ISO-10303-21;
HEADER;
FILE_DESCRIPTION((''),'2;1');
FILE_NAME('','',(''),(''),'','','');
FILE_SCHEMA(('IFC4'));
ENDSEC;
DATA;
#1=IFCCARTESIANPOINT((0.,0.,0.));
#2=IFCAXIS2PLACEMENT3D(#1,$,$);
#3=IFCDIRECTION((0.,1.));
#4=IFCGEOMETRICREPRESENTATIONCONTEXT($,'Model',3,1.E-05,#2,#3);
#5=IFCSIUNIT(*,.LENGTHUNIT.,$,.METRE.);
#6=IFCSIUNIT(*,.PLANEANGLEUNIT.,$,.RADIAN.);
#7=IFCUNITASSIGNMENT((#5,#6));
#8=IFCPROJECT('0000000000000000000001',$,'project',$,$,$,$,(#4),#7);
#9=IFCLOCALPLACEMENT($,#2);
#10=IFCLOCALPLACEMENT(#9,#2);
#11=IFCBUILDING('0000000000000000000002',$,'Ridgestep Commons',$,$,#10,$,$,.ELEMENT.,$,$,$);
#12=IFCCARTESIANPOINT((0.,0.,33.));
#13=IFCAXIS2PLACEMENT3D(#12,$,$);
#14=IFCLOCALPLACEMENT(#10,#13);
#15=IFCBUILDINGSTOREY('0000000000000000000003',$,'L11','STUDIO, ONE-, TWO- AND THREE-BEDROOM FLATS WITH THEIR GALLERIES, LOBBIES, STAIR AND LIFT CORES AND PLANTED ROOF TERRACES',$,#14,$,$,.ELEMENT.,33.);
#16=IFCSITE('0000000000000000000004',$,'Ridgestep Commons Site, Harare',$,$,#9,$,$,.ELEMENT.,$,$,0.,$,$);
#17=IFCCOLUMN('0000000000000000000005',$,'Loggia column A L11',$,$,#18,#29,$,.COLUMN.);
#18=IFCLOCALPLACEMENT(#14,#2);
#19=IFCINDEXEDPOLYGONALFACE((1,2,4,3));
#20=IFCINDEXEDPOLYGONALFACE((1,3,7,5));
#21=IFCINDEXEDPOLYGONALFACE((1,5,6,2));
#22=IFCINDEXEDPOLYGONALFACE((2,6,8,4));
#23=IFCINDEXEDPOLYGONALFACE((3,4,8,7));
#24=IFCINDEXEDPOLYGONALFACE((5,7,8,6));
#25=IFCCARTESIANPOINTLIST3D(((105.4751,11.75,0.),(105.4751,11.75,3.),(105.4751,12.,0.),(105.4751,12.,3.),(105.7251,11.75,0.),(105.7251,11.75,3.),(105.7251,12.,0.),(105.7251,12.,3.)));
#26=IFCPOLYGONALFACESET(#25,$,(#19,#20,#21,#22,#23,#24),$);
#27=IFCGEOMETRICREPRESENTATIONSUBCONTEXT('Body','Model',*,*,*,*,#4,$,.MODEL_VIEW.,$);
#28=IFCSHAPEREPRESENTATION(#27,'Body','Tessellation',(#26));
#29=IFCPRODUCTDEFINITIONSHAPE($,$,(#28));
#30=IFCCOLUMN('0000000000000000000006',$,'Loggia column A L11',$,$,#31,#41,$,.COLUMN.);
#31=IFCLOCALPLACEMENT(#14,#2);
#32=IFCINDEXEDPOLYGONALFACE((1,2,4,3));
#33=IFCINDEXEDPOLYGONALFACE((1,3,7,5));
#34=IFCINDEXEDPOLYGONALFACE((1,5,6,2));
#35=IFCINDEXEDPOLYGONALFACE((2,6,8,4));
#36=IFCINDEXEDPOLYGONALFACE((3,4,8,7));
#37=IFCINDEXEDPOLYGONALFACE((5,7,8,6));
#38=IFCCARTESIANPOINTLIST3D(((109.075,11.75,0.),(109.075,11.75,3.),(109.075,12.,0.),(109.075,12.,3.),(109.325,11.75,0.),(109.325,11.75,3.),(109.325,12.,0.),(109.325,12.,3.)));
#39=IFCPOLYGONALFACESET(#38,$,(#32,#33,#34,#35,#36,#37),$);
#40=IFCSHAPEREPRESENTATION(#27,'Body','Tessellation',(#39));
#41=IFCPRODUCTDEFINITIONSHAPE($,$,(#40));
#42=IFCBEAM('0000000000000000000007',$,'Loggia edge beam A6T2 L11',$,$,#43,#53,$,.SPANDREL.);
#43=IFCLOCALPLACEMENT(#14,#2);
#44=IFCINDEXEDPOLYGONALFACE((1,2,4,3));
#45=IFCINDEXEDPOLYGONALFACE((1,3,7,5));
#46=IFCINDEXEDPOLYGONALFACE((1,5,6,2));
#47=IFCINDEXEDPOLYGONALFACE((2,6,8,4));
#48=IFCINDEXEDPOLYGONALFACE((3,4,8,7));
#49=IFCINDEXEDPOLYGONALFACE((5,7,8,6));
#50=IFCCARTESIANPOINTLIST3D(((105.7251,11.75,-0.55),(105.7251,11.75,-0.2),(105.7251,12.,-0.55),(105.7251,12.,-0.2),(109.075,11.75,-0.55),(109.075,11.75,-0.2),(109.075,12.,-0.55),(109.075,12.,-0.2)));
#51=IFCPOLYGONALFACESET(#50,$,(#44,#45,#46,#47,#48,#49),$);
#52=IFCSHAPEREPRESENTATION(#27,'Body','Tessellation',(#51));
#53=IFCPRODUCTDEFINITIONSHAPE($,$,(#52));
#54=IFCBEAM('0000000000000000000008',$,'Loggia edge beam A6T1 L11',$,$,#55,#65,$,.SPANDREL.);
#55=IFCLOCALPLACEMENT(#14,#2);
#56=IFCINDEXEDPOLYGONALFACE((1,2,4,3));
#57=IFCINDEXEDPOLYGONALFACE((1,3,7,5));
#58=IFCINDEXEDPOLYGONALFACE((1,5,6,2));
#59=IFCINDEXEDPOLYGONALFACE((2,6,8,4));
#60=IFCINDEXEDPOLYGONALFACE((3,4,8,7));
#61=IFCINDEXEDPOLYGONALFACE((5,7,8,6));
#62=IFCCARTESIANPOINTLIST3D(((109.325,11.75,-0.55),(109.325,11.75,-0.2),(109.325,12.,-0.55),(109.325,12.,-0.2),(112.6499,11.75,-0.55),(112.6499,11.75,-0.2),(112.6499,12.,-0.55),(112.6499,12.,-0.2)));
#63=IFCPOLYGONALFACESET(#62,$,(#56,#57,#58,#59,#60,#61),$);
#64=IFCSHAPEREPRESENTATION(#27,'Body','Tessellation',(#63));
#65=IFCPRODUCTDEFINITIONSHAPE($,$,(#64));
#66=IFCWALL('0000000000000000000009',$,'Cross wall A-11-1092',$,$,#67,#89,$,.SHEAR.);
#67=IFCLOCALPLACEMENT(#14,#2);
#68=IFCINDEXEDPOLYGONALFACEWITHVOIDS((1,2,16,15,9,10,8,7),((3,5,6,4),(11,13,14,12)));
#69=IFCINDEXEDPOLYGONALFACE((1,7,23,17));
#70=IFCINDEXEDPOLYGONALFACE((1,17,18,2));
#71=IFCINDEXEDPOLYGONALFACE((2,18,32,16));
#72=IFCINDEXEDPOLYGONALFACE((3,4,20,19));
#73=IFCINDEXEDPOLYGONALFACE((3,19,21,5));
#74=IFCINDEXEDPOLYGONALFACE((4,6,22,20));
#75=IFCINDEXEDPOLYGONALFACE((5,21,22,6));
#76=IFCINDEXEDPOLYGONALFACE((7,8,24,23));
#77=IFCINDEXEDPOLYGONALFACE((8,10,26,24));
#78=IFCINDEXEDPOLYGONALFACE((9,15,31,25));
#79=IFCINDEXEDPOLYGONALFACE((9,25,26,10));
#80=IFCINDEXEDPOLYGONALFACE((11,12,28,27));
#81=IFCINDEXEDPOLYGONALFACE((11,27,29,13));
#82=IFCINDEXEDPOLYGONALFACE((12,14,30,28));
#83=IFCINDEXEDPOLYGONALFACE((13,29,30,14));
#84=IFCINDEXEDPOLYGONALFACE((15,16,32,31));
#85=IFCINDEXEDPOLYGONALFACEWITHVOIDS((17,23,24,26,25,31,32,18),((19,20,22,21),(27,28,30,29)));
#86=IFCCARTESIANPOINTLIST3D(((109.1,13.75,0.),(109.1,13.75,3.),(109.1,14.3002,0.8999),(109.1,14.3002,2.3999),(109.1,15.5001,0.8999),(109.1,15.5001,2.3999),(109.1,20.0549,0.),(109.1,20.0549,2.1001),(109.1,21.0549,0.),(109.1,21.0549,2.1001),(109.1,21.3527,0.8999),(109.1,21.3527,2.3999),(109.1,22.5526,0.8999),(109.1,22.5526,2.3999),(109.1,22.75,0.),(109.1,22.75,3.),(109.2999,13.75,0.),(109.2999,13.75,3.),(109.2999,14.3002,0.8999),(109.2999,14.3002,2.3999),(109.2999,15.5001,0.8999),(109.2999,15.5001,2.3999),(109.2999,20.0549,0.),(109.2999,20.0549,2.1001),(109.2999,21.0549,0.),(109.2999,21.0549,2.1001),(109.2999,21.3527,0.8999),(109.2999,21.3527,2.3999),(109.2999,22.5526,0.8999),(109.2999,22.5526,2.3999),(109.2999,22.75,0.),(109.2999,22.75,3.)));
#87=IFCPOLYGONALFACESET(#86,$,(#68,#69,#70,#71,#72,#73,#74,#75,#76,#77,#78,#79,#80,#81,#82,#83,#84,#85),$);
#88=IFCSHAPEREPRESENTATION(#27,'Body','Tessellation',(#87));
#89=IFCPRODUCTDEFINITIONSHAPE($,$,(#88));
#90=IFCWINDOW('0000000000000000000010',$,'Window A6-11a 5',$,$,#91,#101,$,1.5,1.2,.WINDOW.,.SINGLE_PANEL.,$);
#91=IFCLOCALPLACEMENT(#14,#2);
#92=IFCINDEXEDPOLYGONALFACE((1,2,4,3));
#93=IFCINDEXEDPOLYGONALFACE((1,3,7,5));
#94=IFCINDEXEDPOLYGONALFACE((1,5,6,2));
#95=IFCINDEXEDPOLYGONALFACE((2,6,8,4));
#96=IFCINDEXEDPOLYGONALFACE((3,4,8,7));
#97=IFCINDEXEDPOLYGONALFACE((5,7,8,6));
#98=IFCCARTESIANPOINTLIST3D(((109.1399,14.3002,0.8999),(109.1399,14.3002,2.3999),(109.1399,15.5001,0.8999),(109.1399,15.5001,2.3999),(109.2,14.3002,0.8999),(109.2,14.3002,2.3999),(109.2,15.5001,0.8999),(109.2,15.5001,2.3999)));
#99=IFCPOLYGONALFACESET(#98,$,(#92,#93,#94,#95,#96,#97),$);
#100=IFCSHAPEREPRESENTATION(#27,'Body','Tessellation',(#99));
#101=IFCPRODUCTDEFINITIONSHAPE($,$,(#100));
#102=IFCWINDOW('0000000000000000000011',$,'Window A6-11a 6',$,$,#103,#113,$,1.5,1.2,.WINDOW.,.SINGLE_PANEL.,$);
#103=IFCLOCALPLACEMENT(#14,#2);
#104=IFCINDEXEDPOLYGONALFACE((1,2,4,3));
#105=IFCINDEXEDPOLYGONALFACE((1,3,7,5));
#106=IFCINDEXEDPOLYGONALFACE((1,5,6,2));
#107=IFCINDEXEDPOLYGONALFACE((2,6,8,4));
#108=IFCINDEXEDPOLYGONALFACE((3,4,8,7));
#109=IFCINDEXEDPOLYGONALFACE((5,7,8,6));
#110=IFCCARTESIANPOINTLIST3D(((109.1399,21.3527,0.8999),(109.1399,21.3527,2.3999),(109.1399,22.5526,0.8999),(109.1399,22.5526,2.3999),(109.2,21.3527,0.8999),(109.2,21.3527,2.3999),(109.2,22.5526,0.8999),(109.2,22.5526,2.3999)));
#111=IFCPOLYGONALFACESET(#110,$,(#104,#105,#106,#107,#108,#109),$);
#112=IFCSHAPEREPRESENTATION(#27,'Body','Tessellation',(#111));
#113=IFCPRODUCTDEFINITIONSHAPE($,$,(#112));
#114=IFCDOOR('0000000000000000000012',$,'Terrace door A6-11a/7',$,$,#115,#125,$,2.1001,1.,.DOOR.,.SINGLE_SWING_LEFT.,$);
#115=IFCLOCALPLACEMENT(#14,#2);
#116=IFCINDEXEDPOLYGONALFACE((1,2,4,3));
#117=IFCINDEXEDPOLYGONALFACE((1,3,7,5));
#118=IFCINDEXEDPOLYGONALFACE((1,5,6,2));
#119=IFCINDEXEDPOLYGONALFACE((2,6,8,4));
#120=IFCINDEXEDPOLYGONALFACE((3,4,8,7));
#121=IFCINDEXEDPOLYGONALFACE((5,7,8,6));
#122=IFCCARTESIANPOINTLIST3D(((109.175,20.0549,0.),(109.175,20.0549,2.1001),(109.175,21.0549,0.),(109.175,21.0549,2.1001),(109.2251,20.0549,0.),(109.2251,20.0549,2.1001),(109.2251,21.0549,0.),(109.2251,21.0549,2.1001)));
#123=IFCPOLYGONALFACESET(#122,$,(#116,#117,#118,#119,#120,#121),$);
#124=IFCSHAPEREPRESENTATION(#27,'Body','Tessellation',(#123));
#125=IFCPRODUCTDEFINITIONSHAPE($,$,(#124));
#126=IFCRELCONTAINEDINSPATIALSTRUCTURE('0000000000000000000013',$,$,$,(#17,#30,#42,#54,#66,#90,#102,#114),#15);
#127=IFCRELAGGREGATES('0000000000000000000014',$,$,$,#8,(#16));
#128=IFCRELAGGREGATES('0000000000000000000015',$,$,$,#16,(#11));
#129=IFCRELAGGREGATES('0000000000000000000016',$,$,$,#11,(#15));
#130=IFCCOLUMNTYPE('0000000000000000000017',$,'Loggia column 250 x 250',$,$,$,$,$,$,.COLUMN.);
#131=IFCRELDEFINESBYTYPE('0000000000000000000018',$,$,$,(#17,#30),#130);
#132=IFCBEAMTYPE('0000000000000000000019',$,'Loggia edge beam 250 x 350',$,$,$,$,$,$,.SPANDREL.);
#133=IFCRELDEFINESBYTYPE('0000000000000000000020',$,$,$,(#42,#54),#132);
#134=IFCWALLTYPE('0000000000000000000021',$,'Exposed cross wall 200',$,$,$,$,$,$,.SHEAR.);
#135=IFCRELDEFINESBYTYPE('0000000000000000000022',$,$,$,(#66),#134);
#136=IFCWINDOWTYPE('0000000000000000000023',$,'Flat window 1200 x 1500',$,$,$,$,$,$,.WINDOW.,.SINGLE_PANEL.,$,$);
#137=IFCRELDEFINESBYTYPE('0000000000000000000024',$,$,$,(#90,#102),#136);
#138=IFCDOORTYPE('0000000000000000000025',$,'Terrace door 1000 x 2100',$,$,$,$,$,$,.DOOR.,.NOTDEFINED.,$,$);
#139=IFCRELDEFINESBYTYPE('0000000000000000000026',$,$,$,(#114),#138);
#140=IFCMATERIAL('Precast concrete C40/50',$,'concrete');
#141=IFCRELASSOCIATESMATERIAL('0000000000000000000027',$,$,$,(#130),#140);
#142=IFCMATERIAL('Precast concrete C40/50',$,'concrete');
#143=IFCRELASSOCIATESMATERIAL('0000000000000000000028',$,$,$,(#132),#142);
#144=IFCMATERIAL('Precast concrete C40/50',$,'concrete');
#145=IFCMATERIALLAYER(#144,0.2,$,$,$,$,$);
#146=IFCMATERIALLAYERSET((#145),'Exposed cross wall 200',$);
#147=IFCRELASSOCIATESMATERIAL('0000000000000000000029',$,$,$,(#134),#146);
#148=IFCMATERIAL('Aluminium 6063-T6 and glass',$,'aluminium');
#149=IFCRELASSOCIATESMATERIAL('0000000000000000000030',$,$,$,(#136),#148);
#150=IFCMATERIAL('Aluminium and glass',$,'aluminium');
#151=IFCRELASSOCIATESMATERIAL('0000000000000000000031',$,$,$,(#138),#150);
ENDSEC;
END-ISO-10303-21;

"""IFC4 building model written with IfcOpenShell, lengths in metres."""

from ifc_helpers import new_model, si_unit, direction, frame, frame_2d, origin, origin_2d, place, context, subcontext, project, spatial, rectangle, extrude, material, layer, layer_set, material_profile, profile_set, type_object, element, fill, save


model = new_model("IFC4")

# Units and contexts
model_context = context("Model", 3, precision=1e-05, world=origin(), true_north=direction((0.0, 1.0)))
body_context = subcontext(model_context, "Body", "Model", "MODEL_VIEW")
ifc_project = project(units=[si_unit("LENGTHUNIT", "METRE"), si_unit("PLANEANGLEUNIT", "RADIAN")], contexts=[model_context])

# Site, building, storey
site_placement = place(None, origin())
site = spatial("IfcSite", under=ifc_project, at=site_placement, Name="Ridgestep Commons Site, Harare", CompositionType="ELEMENT", RefElevation=0.0)
building_placement = place(site_placement, origin())
building = spatial("IfcBuilding", under=site, at=building_placement, Name="Ridgestep Commons", CompositionType="ELEMENT")
storey_placement = place(building_placement, frame((0.0, 0.0, 33.0)))
storey = spatial("IfcBuildingStorey", under=building, at=storey_placement, Name="L11", Description="STUDIO, ONE-, TWO- AND THREE-BEDROOM FLATS WITH THEIR GALLERIES, LOBBIES, STAIR AND LIFT CORES AND PLANTED ROOF TERRACES", CompositionType="ELEMENT", Elevation=33.0)

# Columns
ifc_material_1 = material(Name="Precast concrete C40/50", Category="concrete")
ifc_material_profile_1 = material_profile(ifc_material_1, rectangle(XDim=0.25, YDim=0.25, at=origin_2d()), Name="PC 250x250")
ifc_profile_set_1 = profile_set([ifc_material_profile_1], Name="Precast concrete C40/50")
column_type = type_object("IfcColumnType", Name="Loggia column 250 x 250", PredefinedType="COLUMN", material=ifc_profile_set_1)
for number, where, z_axis, x_axis, name in (
    (1, (105.6001, 11.875, 0.0), (0.0, 0.0, 1.0), (1.0, 0.0, 0.0), "Loggia column A L11"),
    (2, (109.2, 11.875, 0.0), (0.0, 0.0, 1.0), (1.0, 0.0, 0.0), "Loggia column A L11"),
):
    element("IfcColumn", number, at=place(storey_placement, frame(where, z_axis=z_axis, x_axis=x_axis)), inside=storey, type_object=column_type, Name=name, PredefinedType="COLUMN", context=body_context, shape_type="SweptSolid", body=[
        extrude(rectangle(XDim=0.25, YDim=0.25, at=origin_2d()), origin(), (0.0, 0.0, 1.0), 3.0),
    ])

# Beams
ifc_material_2 = material(Name="Precast concrete C40/50", Category="concrete")
ifc_material_profile_2 = material_profile(ifc_material_2, rectangle(XDim=0.25, YDim=0.3501, at=origin_2d()), Name="PC 250x350")
ifc_profile_set_2 = profile_set([ifc_material_profile_2], Name="Precast concrete C40/50")
beam_type = type_object("IfcBeamType", Name="Loggia edge beam 250 x 350", PredefinedType="SPANDREL", material=ifc_profile_set_2)
beam_1_placement = place(storey_placement, frame((105.7251, 11.875, -0.375), z_axis=(1.0, 0.0, 0.0), x_axis=(0.0, 1.0, 0.0)))
element("IfcBeam", 3, at=beam_1_placement, inside=storey, type_object=beam_type, Name="Loggia edge beam A6T2 L11", PredefinedType="SPANDREL", context=body_context, shape_type="SweptSolid", body=[
    extrude(rectangle(XDim=0.25, YDim=0.3501, at=origin_2d()), origin(), (0.0, 0.0, 1.0), 3.3499),
])
beam_2_placement = place(storey_placement, frame((109.325, 11.875, -0.375), z_axis=(1.0, 0.0, 0.0), x_axis=(0.0, 1.0, 0.0)))
element("IfcBeam", 4, at=beam_2_placement, inside=storey, type_object=beam_type, Name="Loggia edge beam A6T1 L11", PredefinedType="SPANDREL", context=body_context, shape_type="SweptSolid", body=[
    extrude(rectangle(XDim=0.25, YDim=0.3501, at=origin_2d()), origin(), (0.0, 0.0, 1.0), 3.325),
])

# Wall, openings, windows, door
ifc_material_3 = material(Name="Precast concrete C40/50", Category="concrete")
ifc_layer_1 = layer(ifc_material_3, 0.2)
ifc_layer_set_1 = layer_set([ifc_layer_1], Name="Exposed cross wall 200")
wall_type_1 = type_object("IfcWallType", Name="Exposed cross wall 200", PredefinedType="SHEAR", material=ifc_layer_set_1)
wall_1_placement = place(storey_placement, frame((109.2, 13.75, 0.0), z_axis=(0.0, 0.0, 1.0), x_axis=(0.0, 1.0, 0.0)))
wall_1 = element("IfcWall", 5, at=wall_1_placement, inside=storey, type_object=wall_type_1, Name="Cross wall A-11-1092", PredefinedType="SHEAR", context=body_context, shape_type="SweptSolid", body=[
    extrude(rectangle(XDim=9.0, YDim=0.2, at=frame_2d((4.5, 0.0))), origin(), (0.0, 0.0, 1.0), 3.0),
])
opening_1_placement = place(wall_1_placement, frame((0.55, 0.0, 0.8999)))
opening_1 = element("IfcOpeningElement", 6, at=opening_1_placement, cuts=wall_1, PredefinedType="OPENING", context=body_context, shape_type="SweptSolid", body=[
    extrude(rectangle(XDim=1.2, YDim=1.5, at=frame_2d((0.6001, 0.75))), frame((0.0, 0.1099, 0.0), z_axis=(0.0, -1.0, 0.0), x_axis=(1.0, 0.0, 0.0)), (0.0, 0.0, 1.0), 0.22),
])
opening_2_placement = place(wall_1_placement, frame((7.6025, 0.0, 0.8999)))
opening_2 = element("IfcOpeningElement", 7, at=opening_2_placement, cuts=wall_1, PredefinedType="OPENING", context=body_context, shape_type="SweptSolid", body=[
    extrude(rectangle(XDim=1.2, YDim=1.5, at=frame_2d((0.6001, 0.75))), frame((0.0, 0.1099, 0.0), z_axis=(0.0, -1.0, 0.0), x_axis=(1.0, 0.0, 0.0)), (0.0, 0.0, 1.0), 0.22),
])
opening_3_placement = place(wall_1_placement, frame((6.3049, 0.0, 0.0)))
opening_3 = element("IfcOpeningElement", 8, at=opening_3_placement, cuts=wall_1, PredefinedType="OPENING", context=body_context, shape_type="SweptSolid", body=[
    extrude(rectangle(XDim=1.0, YDim=2.1001, at=frame_2d((0.5, 1.05))), frame((0.0, 0.1099, 0.0), z_axis=(0.0, -1.0, 0.0), x_axis=(1.0, 0.0, 0.0)), (0.0, 0.0, 1.0), 0.22),
])
ifc_material_4 = material(Name="Aluminium 6063-T6 and glass", Category="aluminium")
window_type_1 = type_object("IfcWindowType", Name="Flat window 1200 x 1500", PartitioningType="SINGLE_PANEL", PredefinedType="WINDOW", material=ifc_material_4)
window_1_placement = place(opening_1_placement, origin())
window_1 = element("IfcWindow", 9, at=window_1_placement, inside=storey, type_object=window_type_1, Name="Window A6-11a 5", OverallHeight=1.5, OverallWidth=1.2, PartitioningType="SINGLE_PANEL", PredefinedType="WINDOW", context=body_context, shape_type="SweptSolid", body=[
    extrude(rectangle(XDim=1.2, YDim=1.5, at=frame_2d((0.6001, 0.75))), frame((0.0, 0.0601, 0.0), z_axis=(0.0, -1.0, 0.0), x_axis=(1.0, 0.0, 0.0)), (0.0, 0.0, 1.0), 0.0601),
])
fill(opening_1, window_1)
window_2_placement = place(opening_2_placement, origin())
window_2 = element("IfcWindow", 10, at=window_2_placement, inside=storey, type_object=window_type_1, Name="Window A6-11a 6", OverallHeight=1.5, OverallWidth=1.2, PartitioningType="SINGLE_PANEL", PredefinedType="WINDOW", context=body_context, shape_type="SweptSolid", body=[
    extrude(rectangle(XDim=1.2, YDim=1.5, at=frame_2d((0.6001, 0.75))), frame((0.0, 0.0601, 0.0), z_axis=(0.0, -1.0, 0.0), x_axis=(1.0, 0.0, 0.0)), (0.0, 0.0, 1.0), 0.0601),
])
fill(opening_2, window_2)
ifc_material_5 = material(Name="Aluminium and glass", Category="aluminium")
door_type_1 = type_object("IfcDoorType", Name="Terrace door 1000 x 2100", OperationType="NOTDEFINED", PredefinedType="DOOR", material=ifc_material_5)
door_1_placement = place(opening_3_placement, origin())
door_1 = element("IfcDoor", 11, at=door_1_placement, inside=storey, type_object=door_type_1, Name="Terrace door A6-11a/7", OperationType="SINGLE_SWING_LEFT", OverallHeight=2.1001, OverallWidth=1.0, PredefinedType="DOOR", context=body_context, shape_type="SweptSolid", body=[
    extrude(rectangle(XDim=1.0, YDim=2.1001, at=frame_2d((0.5, 1.05))), frame((0.0, 0.0249, 0.0), z_axis=(0.0, -1.0, 0.0), x_axis=(1.0, 0.0, 0.0)), (0.0, 0.0, 1.0), 0.05),
])
fill(opening_3, door_1)

save(model, "model.ifc")
